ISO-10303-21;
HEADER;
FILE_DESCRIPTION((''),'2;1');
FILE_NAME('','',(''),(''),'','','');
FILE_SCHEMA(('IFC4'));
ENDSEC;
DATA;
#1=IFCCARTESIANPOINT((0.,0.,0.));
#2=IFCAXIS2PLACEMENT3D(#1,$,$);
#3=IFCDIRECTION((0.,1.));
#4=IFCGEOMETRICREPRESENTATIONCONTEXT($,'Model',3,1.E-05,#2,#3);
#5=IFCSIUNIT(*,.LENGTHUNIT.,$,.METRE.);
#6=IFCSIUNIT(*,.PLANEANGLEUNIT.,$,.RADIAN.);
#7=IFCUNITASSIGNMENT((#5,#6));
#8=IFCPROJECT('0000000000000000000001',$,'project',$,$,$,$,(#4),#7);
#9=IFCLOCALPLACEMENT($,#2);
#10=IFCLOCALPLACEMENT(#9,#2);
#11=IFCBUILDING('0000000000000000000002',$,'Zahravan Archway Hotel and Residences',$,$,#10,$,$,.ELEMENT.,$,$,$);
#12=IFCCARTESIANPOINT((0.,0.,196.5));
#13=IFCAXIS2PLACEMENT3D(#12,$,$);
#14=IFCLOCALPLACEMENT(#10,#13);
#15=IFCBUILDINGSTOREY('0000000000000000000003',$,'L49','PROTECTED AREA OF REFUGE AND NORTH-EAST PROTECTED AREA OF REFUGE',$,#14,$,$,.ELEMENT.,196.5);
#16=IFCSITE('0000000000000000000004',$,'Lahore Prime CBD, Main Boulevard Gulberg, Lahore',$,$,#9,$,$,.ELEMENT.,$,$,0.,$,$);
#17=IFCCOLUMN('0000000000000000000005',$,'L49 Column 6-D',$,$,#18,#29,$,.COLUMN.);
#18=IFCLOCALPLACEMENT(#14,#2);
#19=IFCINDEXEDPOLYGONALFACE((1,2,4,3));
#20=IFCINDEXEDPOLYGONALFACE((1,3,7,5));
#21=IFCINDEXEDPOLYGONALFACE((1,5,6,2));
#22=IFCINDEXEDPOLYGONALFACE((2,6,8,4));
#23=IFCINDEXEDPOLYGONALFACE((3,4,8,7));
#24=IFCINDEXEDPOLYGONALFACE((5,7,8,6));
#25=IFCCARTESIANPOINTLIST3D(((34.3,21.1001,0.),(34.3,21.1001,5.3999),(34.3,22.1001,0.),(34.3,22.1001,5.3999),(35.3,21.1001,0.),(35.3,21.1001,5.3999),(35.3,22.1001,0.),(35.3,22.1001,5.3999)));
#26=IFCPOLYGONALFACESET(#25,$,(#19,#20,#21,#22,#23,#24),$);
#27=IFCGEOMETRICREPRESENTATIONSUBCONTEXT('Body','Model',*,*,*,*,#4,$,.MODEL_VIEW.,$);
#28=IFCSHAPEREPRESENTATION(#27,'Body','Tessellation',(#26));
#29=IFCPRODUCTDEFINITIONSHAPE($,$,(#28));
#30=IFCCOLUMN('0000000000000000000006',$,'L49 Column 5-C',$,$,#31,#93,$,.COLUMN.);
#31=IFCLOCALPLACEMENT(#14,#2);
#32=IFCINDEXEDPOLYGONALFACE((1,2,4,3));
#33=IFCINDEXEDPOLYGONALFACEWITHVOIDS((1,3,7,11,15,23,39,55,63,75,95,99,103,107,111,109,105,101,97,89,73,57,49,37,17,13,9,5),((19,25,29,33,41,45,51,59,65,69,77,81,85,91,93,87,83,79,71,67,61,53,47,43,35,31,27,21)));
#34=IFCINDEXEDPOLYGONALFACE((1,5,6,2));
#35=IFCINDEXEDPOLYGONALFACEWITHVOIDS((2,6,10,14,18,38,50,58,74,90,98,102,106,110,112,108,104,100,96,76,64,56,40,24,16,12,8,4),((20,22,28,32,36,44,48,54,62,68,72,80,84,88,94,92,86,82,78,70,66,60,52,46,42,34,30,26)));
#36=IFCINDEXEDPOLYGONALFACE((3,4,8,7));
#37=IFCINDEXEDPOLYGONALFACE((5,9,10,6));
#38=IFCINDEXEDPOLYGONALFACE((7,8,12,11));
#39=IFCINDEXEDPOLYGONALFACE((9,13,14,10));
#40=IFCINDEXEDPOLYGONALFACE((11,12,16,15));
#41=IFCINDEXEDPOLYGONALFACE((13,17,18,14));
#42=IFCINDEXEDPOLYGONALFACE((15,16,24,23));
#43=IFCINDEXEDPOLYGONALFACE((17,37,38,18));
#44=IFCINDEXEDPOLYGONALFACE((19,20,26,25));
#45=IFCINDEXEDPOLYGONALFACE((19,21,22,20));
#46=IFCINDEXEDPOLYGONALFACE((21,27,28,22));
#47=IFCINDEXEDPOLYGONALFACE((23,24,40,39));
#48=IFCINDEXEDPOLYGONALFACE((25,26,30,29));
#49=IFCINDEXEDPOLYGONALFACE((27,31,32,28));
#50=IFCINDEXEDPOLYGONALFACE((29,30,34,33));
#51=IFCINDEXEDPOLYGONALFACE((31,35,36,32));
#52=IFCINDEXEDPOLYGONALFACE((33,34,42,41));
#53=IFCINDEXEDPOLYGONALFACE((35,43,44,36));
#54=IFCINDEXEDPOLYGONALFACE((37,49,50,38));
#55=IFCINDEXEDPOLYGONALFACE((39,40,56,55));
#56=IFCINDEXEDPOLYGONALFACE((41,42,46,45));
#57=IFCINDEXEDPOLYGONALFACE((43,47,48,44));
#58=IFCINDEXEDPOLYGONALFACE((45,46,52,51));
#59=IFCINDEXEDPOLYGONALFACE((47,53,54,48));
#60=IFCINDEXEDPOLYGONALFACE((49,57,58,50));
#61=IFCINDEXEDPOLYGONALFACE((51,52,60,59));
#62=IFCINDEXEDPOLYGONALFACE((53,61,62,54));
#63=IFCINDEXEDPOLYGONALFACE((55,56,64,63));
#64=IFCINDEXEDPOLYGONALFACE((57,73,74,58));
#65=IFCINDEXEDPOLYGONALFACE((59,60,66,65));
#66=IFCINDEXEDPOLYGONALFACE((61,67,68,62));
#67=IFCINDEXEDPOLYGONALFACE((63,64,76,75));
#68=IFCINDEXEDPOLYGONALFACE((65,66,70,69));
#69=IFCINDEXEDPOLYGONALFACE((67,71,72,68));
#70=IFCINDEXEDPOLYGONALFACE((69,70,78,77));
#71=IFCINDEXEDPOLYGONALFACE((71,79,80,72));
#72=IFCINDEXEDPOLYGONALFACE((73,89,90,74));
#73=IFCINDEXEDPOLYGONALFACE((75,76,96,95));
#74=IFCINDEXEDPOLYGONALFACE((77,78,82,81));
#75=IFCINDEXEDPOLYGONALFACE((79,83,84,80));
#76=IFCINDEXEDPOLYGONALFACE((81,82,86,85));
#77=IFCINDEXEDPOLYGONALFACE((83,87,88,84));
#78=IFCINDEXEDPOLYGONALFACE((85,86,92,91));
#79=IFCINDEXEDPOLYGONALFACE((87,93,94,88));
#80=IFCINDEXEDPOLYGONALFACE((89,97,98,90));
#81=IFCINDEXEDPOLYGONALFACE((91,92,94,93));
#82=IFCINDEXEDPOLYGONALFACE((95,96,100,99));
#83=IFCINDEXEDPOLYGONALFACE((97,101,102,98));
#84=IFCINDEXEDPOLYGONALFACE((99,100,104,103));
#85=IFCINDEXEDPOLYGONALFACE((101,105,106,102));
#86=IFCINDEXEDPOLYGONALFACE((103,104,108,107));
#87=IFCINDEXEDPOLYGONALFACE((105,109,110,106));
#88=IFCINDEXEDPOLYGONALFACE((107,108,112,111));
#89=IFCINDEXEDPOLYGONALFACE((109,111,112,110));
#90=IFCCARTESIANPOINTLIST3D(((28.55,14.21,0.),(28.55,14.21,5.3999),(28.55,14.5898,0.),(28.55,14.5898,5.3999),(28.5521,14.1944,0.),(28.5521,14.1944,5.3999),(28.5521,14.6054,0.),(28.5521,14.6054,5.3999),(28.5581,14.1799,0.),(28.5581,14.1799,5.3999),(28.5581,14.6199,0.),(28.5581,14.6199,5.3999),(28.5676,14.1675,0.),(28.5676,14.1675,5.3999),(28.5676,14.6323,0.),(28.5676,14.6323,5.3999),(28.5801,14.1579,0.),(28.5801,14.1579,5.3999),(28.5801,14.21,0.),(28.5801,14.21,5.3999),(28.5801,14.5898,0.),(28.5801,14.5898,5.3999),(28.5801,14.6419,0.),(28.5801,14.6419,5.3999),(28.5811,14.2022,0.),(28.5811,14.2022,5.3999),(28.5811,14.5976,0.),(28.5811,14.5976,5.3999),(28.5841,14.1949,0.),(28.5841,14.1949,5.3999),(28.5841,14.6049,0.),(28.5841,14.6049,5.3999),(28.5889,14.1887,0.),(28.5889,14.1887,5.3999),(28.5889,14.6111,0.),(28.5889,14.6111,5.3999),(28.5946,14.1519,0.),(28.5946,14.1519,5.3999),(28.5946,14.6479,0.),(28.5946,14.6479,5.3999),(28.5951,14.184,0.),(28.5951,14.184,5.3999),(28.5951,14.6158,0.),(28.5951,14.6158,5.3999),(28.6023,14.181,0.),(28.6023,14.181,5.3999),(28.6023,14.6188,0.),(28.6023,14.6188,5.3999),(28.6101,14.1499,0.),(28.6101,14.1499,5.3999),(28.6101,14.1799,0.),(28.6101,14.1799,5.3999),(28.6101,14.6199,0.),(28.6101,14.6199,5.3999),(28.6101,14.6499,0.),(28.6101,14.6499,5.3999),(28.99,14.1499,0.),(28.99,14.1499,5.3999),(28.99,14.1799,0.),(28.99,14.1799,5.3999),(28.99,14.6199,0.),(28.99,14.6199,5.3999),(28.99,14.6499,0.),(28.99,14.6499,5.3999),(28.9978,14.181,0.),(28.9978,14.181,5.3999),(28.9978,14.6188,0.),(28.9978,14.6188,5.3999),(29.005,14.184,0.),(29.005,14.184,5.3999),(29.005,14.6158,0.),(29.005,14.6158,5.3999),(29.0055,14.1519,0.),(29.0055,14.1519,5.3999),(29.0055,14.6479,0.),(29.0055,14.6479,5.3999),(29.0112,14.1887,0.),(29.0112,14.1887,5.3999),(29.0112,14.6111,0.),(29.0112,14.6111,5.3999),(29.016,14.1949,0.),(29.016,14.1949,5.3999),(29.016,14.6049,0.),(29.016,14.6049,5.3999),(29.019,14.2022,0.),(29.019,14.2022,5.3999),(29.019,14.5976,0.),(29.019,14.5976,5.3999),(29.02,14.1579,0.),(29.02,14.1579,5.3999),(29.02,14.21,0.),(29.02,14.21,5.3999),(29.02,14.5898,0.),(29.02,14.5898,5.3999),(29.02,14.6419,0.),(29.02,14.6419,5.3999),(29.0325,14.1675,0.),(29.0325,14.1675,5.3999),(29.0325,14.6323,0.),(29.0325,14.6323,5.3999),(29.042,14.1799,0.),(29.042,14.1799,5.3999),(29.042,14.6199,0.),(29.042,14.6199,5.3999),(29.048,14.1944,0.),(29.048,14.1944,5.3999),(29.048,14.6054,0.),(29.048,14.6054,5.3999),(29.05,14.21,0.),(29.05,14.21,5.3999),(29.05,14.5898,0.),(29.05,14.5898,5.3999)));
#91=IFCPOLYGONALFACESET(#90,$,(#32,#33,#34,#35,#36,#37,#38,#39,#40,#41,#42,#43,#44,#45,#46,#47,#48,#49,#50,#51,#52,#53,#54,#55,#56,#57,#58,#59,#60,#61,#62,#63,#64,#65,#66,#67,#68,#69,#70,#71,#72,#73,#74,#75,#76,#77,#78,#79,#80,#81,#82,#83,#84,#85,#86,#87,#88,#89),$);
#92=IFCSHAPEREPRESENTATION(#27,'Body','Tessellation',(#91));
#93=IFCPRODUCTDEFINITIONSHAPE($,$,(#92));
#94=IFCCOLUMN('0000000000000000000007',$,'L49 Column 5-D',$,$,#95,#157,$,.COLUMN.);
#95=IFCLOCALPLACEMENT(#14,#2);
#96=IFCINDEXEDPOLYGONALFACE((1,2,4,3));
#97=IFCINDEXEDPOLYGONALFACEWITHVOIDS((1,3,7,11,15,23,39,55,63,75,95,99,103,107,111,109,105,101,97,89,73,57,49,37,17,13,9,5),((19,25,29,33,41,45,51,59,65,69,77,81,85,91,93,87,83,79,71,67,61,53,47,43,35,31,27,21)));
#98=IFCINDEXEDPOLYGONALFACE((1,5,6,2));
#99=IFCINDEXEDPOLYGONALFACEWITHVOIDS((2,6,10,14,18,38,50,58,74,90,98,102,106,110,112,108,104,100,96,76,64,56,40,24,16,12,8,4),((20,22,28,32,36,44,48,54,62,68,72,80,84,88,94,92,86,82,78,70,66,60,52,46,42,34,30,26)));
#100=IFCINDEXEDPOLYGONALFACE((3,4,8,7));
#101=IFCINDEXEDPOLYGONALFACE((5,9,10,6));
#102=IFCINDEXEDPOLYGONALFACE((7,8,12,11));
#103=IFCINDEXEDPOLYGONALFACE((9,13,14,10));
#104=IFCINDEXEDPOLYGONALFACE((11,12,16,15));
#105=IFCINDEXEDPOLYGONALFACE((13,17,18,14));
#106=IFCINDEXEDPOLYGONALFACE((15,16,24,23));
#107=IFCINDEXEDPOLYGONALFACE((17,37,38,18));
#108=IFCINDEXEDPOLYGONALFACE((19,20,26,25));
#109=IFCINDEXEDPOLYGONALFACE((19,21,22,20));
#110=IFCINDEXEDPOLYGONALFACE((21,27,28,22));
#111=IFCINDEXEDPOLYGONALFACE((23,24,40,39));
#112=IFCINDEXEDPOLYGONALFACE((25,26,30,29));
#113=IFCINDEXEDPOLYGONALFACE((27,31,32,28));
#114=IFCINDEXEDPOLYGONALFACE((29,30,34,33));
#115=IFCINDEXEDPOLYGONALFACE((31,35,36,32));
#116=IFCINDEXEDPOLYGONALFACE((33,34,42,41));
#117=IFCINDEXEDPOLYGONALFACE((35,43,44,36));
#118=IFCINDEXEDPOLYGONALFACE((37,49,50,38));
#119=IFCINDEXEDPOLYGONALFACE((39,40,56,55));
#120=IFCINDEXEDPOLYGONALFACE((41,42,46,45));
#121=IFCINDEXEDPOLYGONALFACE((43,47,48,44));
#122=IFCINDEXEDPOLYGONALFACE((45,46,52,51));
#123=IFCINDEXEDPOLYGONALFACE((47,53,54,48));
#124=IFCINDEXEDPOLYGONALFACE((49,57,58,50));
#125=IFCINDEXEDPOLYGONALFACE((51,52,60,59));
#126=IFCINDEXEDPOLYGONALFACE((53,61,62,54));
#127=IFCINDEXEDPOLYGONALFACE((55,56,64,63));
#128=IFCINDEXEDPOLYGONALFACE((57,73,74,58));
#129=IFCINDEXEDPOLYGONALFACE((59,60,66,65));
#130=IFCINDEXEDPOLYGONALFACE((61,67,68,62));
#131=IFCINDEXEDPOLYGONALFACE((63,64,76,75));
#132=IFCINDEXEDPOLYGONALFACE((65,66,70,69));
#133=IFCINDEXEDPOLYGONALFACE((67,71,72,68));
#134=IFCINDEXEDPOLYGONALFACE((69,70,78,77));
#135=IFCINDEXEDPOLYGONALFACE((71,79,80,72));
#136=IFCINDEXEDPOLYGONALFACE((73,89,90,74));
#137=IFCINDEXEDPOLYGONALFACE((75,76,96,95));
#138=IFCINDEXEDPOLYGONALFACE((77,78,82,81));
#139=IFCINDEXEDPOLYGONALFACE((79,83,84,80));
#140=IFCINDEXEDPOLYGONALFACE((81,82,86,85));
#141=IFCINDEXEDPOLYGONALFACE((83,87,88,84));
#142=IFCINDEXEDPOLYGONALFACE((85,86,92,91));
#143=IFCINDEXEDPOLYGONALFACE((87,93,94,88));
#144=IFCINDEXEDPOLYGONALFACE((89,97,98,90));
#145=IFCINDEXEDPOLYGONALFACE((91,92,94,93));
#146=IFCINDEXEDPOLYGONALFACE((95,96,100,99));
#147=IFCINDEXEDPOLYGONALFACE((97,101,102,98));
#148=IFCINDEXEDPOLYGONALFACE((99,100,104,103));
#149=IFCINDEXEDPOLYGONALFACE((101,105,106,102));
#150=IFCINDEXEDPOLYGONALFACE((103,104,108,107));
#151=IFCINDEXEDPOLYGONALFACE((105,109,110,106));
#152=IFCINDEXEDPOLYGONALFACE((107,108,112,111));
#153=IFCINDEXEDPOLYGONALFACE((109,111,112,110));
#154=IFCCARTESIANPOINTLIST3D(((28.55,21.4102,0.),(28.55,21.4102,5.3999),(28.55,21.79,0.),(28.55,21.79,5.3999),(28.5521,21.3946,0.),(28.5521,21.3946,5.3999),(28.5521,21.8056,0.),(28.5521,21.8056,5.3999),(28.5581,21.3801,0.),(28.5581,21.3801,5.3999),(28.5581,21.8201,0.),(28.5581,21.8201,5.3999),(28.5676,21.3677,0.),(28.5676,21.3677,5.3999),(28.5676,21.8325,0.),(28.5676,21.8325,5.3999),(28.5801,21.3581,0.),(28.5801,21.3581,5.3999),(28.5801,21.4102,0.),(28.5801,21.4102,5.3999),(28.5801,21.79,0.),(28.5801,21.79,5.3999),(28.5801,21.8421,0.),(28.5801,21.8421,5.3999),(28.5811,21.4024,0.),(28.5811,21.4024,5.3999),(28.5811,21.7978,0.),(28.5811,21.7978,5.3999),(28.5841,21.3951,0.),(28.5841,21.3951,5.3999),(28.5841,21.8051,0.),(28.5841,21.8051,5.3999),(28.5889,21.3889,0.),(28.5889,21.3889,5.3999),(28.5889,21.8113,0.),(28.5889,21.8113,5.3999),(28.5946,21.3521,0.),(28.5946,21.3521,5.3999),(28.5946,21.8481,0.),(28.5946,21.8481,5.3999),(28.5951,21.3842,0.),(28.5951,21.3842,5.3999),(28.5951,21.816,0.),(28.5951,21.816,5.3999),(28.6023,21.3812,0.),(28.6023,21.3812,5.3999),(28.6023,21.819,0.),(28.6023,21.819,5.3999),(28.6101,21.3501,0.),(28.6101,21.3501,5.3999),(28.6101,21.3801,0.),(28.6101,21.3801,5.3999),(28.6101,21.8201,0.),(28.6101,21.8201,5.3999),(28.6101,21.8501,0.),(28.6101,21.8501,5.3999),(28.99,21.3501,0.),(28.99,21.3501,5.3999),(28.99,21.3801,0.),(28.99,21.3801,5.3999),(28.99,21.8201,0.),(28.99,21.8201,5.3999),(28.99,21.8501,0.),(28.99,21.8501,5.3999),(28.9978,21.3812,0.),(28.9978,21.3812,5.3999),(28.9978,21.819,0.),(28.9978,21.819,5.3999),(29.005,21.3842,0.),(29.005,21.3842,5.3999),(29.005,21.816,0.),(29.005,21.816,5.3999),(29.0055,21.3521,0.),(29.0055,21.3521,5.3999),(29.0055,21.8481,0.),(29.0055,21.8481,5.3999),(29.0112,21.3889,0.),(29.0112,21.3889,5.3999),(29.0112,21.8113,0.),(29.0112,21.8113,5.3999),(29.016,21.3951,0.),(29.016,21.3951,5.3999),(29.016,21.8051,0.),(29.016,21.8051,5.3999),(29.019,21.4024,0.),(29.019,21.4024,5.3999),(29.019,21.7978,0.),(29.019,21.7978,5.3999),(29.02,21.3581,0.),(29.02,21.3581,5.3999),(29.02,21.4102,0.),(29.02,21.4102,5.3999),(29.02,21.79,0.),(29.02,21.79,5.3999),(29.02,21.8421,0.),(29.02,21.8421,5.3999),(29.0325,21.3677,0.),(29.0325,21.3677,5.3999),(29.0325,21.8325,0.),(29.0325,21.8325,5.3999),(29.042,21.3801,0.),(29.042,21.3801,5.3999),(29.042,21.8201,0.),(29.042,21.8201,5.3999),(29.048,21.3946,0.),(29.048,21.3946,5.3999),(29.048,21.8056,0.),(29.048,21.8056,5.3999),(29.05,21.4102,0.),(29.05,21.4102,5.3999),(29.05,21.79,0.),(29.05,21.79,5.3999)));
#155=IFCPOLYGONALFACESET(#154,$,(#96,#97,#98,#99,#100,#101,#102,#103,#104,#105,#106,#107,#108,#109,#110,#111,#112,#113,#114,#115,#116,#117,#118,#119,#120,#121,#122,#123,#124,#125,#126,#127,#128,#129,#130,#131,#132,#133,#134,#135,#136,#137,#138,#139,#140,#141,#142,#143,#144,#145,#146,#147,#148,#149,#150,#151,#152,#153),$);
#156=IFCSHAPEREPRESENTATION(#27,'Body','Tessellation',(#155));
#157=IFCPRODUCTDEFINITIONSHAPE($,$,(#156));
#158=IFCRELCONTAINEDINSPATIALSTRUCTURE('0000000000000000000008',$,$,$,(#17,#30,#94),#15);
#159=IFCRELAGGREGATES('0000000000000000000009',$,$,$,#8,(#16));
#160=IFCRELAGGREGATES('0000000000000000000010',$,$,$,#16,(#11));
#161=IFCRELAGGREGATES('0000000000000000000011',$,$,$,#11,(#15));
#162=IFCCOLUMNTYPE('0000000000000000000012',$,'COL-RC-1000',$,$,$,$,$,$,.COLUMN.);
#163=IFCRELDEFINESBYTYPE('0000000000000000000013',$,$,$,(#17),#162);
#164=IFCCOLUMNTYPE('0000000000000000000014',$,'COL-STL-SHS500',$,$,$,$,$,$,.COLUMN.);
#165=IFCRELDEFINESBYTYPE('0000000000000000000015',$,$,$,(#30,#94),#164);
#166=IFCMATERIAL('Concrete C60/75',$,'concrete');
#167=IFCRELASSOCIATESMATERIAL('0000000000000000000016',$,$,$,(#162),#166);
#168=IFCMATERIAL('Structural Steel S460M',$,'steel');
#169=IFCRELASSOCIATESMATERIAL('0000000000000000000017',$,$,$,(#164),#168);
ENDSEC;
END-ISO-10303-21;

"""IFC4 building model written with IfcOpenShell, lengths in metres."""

from ifc_helpers import new_model, si_unit, direction, frame, origin, origin_2d, place, context, subcontext, project, spatial, rectangle, hollow_rectangle, extrude, source, transform, mapped, material, material_profile, profile_set, type_object, type_shapes, element, save


model = new_model("IFC4")

# Units and contexts
model_context = context("Model", 3, precision=1e-05, world=origin(), true_north=direction((0.0, 1.0)))
body_context = subcontext(model_context, "Body", "Model", "MODEL_VIEW")
ifc_project = project(units=[si_unit("LENGTHUNIT", "METRE"), si_unit("PLANEANGLEUNIT", "RADIAN")], contexts=[model_context])

# Site, building, storey
site_placement = place(None, origin())
site = spatial("IfcSite", under=ifc_project, at=site_placement, Name="Lahore Prime CBD, Main Boulevard Gulberg, Lahore", CompositionType="ELEMENT", RefElevation=0.0)
building_placement = place(site_placement, origin())
building = spatial("IfcBuilding", under=site, at=building_placement, Name="Zahravan Archway Hotel and Residences", CompositionType="ELEMENT")
storey_placement = place(building_placement, frame((0.0, 0.0, 196.5)))
storey = spatial("IfcBuildingStorey", under=building, at=storey_placement, Name="L49", Description="PROTECTED AREA OF REFUGE AND NORTH-EAST PROTECTED AREA OF REFUGE", CompositionType="ELEMENT", Elevation=196.5)

# Columns
ifc_material_1 = material(Name="Concrete C60/75", Category="concrete")
ifc_material_profile_1 = material_profile(ifc_material_1, rectangle(XDim=1.0, YDim=1.0, at=origin_2d()), Name="RC-COL-1000x1000", Category="concrete")
ifc_profile_set_1 = profile_set([ifc_material_profile_1], Name="Concrete C60/75")
column_type_1 = type_object("IfcColumnType", Name="COL-RC-1000", PredefinedType="COLUMN", material=ifc_profile_set_1)
shared_shape_1 = source(origin(), body_context, "Body", "SweptSolid", [
    extrude(rectangle(XDim=1.0, YDim=1.0, at=origin_2d()), origin(), (0.0, 0.0, 1.0), 5.3999),
])
column_placement = place(storey_placement, frame((34.8, 21.6001, 0.0), z_axis=(0.0, 0.0, 1.0), x_axis=(1.0, 0.0, 0.0)))
element("IfcColumn", 1, at=column_placement, inside=storey, type_object=column_type_1, Name="L49 Column 6-D", PredefinedType="COLUMN", context=body_context, shape_type="MappedRepresentation", body=[
    mapped(shared_shape_1, transform((0.0, 0.0, 0.0), scale=1.0)),
])
ifc_material_2 = material(Name="Structural Steel S460M", Category="steel")
ifc_material_profile_2 = material_profile(ifc_material_2, hollow_rectangle(XDim=0.5, YDim=0.5, WallThickness=0.03, InnerFilletRadius=0.03, OuterFilletRadius=0.0601, at=origin_2d()), Name="SHS 500x500x30", Category="steel")
ifc_profile_set_2 = profile_set([ifc_material_profile_2], Name="Structural Steel S460M")
column_type_2 = type_object("IfcColumnType", Name="COL-STL-SHS500", PredefinedType="COLUMN", material=ifc_profile_set_2)
shared_shape_2 = source(origin(), body_context, "Body", "SweptSolid", [
    extrude(hollow_rectangle(XDim=0.5, YDim=0.5, WallThickness=0.03, InnerFilletRadius=0.03, OuterFilletRadius=0.0601, at=origin_2d()), origin(), (0.0, 0.0, 1.0), 5.3999),
])
type_shapes(column_type_2, [shared_shape_2])
for number, where, z_axis, x_axis, name in (
    (2, (28.8, 14.3999, 0.0), (0.0, 0.0, 1.0), (1.0, 0.0, 0.0), "L49 Column 5-C"),
    (3, (28.8, 21.6001, 0.0), (0.0, 0.0, 1.0), (1.0, 0.0, 0.0), "L49 Column 5-D"),
):
    element("IfcColumn", number, at=place(storey_placement, frame(where, z_axis=z_axis, x_axis=x_axis)), inside=storey, type_object=column_type_2, Name=name, PredefinedType="COLUMN", context=body_context, shape_type="MappedRepresentation", body=[
        mapped(shared_shape_2, transform((0.0, 0.0, 0.0), scale=1.0)),
    ])

save(model, "model.ifc")
